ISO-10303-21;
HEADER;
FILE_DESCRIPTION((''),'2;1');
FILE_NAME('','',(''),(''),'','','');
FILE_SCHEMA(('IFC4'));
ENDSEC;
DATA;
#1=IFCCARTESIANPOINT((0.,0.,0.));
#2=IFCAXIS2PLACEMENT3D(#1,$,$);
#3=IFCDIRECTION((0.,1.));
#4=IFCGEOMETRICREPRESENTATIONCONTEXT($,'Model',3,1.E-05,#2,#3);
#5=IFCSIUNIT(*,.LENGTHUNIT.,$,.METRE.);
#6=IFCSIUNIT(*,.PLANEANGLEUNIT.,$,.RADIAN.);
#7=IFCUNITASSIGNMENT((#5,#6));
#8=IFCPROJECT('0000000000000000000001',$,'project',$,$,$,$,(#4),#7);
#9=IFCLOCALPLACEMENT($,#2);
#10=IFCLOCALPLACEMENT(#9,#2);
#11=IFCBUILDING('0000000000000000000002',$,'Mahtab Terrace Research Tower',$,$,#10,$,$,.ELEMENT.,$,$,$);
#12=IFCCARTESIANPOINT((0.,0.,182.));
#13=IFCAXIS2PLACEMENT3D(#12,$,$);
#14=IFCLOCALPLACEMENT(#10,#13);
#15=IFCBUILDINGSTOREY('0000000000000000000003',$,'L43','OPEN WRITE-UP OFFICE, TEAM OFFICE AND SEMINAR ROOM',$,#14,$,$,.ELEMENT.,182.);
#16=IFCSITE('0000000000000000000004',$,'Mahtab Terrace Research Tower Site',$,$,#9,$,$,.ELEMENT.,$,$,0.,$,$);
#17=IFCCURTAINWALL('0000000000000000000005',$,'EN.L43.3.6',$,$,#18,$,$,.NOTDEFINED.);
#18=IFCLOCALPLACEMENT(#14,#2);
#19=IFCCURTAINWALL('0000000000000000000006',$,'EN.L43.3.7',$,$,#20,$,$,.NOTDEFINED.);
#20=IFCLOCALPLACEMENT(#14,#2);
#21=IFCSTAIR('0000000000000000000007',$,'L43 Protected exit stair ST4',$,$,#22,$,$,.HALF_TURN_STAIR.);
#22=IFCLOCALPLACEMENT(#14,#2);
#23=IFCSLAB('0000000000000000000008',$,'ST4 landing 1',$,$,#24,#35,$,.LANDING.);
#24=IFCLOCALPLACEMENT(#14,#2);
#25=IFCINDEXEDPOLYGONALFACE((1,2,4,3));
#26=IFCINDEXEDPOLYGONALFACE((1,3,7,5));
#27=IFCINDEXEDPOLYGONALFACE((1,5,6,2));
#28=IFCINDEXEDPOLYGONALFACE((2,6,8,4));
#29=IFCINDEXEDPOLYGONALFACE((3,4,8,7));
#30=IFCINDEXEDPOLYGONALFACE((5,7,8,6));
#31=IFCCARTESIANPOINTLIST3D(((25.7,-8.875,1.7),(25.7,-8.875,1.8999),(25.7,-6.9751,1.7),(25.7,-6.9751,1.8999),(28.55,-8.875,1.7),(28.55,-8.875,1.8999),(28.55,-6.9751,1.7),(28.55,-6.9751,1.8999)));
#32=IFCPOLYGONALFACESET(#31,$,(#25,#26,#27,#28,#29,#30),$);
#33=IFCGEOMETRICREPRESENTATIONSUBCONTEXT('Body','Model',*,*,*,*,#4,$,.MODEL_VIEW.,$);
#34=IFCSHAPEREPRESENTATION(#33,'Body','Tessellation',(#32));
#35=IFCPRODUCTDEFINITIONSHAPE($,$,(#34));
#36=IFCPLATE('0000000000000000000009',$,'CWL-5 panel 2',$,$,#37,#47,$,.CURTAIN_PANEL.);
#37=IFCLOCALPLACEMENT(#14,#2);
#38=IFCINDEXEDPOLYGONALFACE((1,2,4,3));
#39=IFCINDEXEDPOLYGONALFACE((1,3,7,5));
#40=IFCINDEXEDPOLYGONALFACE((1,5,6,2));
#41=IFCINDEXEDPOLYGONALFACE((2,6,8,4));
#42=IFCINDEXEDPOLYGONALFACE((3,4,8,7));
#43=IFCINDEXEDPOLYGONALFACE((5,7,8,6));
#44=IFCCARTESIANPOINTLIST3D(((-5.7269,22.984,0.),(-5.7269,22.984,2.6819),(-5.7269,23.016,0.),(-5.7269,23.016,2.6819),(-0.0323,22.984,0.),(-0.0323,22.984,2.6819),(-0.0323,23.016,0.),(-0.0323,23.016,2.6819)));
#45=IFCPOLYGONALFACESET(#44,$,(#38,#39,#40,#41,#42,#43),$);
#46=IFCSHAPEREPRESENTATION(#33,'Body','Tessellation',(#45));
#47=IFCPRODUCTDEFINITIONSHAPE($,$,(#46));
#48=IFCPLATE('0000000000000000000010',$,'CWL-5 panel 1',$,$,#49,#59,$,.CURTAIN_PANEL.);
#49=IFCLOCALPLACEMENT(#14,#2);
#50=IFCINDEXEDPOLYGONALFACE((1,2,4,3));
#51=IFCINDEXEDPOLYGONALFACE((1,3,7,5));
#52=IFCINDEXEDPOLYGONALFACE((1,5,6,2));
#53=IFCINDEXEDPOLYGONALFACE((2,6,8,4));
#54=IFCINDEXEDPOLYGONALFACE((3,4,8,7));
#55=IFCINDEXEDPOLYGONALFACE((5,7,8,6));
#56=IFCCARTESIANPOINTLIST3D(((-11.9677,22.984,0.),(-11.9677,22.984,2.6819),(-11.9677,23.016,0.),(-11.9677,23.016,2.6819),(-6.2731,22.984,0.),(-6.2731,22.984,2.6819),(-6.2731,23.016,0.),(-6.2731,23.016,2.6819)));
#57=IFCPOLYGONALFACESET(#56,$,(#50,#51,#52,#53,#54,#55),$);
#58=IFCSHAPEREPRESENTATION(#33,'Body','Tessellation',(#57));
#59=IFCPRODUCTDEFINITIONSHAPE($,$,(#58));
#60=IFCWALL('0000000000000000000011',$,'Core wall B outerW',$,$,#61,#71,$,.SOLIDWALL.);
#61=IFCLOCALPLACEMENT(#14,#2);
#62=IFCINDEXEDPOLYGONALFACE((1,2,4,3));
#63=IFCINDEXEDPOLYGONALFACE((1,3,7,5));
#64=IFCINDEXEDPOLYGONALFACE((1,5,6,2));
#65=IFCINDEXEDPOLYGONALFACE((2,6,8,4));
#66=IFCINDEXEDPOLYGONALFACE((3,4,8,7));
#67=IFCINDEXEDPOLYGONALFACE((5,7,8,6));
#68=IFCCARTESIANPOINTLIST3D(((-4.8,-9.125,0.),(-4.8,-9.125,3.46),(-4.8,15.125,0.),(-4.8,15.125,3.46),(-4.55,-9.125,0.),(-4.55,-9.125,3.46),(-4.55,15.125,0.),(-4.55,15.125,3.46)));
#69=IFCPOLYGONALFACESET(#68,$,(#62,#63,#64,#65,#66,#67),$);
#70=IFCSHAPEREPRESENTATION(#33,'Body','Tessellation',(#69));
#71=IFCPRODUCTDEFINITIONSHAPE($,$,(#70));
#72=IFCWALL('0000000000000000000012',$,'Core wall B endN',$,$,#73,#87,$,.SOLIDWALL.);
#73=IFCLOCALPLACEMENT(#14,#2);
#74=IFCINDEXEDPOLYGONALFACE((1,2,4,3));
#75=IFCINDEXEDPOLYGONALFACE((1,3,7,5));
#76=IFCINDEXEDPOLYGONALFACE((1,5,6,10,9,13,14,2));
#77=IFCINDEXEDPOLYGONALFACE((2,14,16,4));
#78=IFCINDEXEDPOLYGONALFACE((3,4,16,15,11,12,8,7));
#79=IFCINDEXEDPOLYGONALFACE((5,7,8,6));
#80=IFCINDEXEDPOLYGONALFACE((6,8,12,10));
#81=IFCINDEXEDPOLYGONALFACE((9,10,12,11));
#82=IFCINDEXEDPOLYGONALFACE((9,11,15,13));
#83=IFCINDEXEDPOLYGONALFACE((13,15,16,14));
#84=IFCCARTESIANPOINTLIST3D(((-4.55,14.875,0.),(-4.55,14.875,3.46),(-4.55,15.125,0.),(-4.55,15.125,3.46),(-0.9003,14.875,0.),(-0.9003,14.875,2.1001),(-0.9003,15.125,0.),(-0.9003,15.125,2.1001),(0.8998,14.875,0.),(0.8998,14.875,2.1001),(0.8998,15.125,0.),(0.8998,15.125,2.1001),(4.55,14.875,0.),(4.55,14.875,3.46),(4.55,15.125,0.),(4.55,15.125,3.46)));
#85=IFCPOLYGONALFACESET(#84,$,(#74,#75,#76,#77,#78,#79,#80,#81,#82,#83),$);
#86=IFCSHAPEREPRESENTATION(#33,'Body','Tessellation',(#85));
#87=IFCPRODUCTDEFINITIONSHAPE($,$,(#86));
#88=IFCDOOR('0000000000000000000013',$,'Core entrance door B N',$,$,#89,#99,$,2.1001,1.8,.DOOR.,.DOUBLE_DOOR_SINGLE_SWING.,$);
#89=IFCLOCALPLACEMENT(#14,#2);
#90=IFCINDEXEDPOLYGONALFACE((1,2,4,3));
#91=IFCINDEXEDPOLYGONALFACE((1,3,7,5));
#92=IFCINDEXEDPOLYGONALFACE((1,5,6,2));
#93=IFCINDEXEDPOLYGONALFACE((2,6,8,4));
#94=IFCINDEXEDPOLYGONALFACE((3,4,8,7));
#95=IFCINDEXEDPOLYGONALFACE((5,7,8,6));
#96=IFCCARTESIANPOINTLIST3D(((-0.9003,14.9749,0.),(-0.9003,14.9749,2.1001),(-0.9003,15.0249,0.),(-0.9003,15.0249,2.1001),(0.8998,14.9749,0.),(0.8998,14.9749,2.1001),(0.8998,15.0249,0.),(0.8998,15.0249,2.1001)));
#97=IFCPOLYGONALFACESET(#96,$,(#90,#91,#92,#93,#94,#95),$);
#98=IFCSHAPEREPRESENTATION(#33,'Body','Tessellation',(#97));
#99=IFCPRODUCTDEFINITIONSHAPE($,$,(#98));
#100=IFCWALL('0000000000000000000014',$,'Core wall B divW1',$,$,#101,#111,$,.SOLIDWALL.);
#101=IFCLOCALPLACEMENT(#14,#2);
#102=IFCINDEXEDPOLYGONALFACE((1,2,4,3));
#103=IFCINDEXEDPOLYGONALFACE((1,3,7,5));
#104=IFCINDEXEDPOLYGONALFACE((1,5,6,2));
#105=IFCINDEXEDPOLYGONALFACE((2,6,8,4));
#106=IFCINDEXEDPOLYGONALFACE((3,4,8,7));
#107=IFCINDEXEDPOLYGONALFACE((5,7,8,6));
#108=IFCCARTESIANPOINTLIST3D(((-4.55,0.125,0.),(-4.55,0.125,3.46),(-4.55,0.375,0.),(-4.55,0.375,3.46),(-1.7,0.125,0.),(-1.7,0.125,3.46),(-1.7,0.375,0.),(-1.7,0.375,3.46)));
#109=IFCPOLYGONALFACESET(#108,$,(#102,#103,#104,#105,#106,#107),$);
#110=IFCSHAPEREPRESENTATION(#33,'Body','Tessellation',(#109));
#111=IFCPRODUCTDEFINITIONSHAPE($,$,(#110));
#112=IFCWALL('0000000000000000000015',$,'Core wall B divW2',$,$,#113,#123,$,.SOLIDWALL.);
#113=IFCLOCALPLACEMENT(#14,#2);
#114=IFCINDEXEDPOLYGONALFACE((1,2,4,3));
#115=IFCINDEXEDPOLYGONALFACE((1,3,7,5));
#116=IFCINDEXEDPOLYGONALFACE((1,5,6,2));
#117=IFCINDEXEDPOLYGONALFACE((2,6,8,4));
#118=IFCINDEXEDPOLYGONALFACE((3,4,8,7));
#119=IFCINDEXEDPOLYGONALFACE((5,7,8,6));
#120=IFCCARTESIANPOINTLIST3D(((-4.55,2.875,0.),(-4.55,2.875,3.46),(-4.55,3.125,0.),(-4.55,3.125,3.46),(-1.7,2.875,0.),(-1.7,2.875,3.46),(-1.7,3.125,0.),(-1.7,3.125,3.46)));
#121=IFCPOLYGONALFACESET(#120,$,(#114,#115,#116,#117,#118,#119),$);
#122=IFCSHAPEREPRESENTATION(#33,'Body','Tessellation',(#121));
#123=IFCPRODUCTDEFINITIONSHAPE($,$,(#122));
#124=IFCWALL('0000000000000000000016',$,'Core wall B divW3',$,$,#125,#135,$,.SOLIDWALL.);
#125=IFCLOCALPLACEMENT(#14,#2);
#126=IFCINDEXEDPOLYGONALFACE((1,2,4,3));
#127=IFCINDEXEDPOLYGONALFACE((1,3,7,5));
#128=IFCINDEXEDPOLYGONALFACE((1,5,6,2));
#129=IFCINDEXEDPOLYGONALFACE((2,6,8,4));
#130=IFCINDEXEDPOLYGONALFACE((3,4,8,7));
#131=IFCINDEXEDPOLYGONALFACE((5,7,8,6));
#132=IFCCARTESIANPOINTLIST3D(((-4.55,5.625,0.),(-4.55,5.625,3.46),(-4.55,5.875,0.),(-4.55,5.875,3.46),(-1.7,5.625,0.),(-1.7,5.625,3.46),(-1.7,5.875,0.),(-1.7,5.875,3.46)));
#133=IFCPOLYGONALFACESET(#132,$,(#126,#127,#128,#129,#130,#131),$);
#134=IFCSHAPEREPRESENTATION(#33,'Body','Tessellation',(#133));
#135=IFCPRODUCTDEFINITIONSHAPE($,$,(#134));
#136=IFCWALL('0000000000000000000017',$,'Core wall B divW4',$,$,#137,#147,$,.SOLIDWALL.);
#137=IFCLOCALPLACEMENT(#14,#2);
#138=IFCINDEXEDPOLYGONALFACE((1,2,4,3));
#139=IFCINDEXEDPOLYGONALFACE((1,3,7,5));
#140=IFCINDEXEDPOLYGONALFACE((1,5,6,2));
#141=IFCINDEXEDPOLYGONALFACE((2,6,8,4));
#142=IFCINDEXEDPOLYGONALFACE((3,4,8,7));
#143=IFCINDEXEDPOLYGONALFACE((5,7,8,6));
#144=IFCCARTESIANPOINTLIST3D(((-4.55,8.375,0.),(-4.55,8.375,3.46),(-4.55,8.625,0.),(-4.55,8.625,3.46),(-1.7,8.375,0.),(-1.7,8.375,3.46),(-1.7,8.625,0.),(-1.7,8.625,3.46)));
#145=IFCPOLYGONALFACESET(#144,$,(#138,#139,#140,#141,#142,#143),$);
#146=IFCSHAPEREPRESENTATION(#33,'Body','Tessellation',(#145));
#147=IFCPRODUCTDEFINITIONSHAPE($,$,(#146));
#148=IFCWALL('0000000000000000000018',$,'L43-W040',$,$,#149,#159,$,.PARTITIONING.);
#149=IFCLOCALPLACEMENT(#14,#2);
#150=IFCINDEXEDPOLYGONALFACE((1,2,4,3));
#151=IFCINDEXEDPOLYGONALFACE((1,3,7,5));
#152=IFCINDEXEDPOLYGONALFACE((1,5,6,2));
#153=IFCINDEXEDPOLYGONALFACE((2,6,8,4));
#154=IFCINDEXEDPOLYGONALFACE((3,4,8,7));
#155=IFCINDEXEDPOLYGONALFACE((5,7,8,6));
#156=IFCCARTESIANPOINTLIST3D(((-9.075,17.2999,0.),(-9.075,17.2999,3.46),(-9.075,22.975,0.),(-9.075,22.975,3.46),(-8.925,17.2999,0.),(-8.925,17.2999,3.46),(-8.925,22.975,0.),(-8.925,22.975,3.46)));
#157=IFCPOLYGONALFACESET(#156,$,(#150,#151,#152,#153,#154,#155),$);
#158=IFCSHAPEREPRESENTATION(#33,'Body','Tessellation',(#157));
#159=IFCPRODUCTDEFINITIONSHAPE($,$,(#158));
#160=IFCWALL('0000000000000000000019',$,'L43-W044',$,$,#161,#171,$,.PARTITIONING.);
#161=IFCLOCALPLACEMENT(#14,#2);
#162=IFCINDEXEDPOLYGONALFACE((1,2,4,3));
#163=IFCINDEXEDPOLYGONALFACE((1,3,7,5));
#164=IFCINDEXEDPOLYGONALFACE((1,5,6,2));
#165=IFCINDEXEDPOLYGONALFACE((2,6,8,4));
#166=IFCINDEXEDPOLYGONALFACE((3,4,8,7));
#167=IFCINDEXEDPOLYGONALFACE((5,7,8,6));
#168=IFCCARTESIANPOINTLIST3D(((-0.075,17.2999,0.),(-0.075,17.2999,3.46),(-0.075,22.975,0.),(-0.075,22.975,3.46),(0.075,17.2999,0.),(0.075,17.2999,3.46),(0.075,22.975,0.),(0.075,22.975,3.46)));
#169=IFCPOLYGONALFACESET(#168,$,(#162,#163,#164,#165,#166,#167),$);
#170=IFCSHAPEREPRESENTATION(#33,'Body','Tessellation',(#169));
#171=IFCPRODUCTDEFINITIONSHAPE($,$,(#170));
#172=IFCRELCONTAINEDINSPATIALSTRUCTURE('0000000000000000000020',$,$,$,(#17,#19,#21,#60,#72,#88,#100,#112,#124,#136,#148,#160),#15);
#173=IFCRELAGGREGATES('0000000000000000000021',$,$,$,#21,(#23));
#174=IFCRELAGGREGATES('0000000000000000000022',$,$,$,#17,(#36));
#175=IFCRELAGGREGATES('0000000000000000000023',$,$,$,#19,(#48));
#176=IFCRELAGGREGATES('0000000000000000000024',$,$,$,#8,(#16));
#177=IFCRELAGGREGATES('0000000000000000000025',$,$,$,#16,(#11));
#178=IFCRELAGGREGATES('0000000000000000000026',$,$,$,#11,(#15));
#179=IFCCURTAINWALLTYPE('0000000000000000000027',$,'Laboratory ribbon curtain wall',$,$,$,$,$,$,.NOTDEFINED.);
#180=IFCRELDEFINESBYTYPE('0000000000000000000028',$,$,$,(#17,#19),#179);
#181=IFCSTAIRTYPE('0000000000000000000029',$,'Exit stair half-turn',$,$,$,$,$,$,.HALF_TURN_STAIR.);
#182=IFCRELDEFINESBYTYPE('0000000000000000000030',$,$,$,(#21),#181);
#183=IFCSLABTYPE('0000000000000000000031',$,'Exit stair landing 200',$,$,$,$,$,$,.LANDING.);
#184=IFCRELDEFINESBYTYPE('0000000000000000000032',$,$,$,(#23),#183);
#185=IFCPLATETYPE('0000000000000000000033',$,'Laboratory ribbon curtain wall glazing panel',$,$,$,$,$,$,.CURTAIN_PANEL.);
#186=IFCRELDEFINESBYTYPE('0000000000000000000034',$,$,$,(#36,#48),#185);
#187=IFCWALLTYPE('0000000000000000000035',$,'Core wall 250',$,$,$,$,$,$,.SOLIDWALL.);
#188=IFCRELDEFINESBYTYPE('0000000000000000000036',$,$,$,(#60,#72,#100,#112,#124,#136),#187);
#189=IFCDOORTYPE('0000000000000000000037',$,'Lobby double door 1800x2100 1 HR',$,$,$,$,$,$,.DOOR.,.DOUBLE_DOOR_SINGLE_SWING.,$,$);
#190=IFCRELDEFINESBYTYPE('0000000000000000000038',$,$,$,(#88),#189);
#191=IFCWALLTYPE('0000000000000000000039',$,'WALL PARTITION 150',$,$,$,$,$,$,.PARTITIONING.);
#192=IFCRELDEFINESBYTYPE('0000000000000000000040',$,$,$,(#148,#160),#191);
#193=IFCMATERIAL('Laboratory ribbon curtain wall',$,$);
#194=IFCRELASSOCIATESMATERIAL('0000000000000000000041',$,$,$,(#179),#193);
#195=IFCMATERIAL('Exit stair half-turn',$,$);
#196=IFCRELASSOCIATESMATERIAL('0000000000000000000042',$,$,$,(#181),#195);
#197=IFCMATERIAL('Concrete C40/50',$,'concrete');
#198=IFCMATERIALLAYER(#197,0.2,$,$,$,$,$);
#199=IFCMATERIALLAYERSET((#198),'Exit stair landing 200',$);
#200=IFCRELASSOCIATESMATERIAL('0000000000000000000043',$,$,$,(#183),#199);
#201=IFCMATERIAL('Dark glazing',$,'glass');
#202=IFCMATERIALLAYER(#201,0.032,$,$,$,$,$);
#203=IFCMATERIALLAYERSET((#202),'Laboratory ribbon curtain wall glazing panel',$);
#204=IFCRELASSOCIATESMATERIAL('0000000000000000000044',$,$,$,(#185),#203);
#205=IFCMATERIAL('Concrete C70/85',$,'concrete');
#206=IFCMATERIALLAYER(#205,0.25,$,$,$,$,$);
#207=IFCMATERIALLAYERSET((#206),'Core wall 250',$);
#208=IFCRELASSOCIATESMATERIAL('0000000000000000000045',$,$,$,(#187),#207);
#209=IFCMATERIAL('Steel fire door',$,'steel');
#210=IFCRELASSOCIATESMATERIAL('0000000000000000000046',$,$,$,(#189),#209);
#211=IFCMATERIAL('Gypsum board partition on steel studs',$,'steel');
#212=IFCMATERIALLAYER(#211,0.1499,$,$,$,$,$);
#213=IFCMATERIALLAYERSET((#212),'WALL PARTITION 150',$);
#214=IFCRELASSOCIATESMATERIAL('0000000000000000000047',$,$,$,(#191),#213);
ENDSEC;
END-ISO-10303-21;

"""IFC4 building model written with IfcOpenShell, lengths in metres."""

from ifc_helpers import new_model, si_unit, direction, frame, frame_2d, origin, origin_2d, place, context, subcontext, project, spatial, polyline, rectangle, outline, extrude, material, layer, layer_set, type_object, element, fill, aggregate, save


model = new_model("IFC4")

# Units and contexts
model_context = context("Model", 3, precision=1e-05, world=origin(), true_north=direction((0.0, 1.0)))
body_context = subcontext(model_context, "Body", "Model", "MODEL_VIEW")
ifc_project = project(units=[si_unit("LENGTHUNIT", "METRE"), si_unit("PLANEANGLEUNIT", "RADIAN")], contexts=[model_context])

# Site, building, storey
site_placement = place(None, origin())
site = spatial("IfcSite", under=ifc_project, at=site_placement, Name="Mahtab Terrace Research Tower Site", CompositionType="ELEMENT", RefElevation=0.0)
building_placement = place(site_placement, origin())
building = spatial("IfcBuilding", under=site, at=building_placement, Name="Mahtab Terrace Research Tower", CompositionType="ELEMENT")
storey_placement = place(building_placement, frame((0.0, 0.0, 182.0)))
storey = spatial("IfcBuildingStorey", under=building, at=storey_placement, Name="L43", Description="OPEN WRITE-UP OFFICE, TEAM OFFICE AND SEMINAR ROOM", CompositionType="ELEMENT", Elevation=182.0)

# Shared definitions
ifc_material_1 = material(Name="Concrete C70/85", Category="concrete")

# Curtain walls
ifc_material_2 = material(Name="Laboratory ribbon curtain wall")
curtain_wall_type = type_object("IfcCurtainWallType", Name="Laboratory ribbon curtain wall", PredefinedType="NOTDEFINED", material=ifc_material_2)
curtain_wall_1_placement = place(storey_placement, origin())
curtain_wall_1 = element("IfcCurtainWall", 1, at=curtain_wall_1_placement, inside=storey, type_object=curtain_wall_type, Name="EN.L43.3.6", PredefinedType="NOTDEFINED")
curtain_wall_2_placement = place(storey_placement, origin())
curtain_wall_2 = element("IfcCurtainWall", 2, at=curtain_wall_2_placement, inside=storey, type_object=curtain_wall_type, Name="EN.L43.3.7", PredefinedType="NOTDEFINED")

# Stair, slab
ifc_material_3 = material(Name="Exit stair half-turn")
stair_type = type_object("IfcStairType", Name="Exit stair half-turn", PredefinedType="HALF_TURN_STAIR", material=ifc_material_3)
ifc_material_4 = material(Name="Concrete C40/50", Category="concrete")
ifc_layer_1 = layer(ifc_material_4, 0.2)
ifc_layer_set_1 = layer_set([ifc_layer_1], Name="Exit stair landing 200")
slab_type = type_object("IfcSlabType", Name="Exit stair landing 200", PredefinedType="LANDING", material=ifc_layer_set_1)
stair_1_placement = place(storey_placement, origin())
stair_1 = element("IfcStair", 3, at=stair_1_placement, inside=storey, type_object=stair_type, Name="L43 Protected exit stair ST4", PredefinedType="HALF_TURN_STAIR")
slab_1_placement = place(storey_placement, frame((0.0, 0.0, 1.7)))
slab_1 = element("IfcSlab", 4, at=slab_1_placement, type_object=slab_type, Name="ST4 landing 1", PredefinedType="LANDING", context=body_context, shape_type="SweptSolid", body=[
    extrude(outline(polyline([(25.7, -6.9751), (25.7, -8.875), (28.55, -8.875), (28.55, -6.9751), (25.7, -6.9751)])), origin(), (0.0, 0.0, 1.0), 0.2),
])
aggregate(stair_1, [slab_1])

# Plates
ifc_material_5 = material(Name="Dark glazing", Category="glass")
ifc_layer_2 = layer(ifc_material_5, 0.032)
ifc_layer_set_2 = layer_set([ifc_layer_2], Name="Laboratory ribbon curtain wall glazing panel")
plate_type = type_object("IfcPlateType", Name="Laboratory ribbon curtain wall glazing panel", PredefinedType="CURTAIN_PANEL", material=ifc_layer_set_2)
plate_1_placement = place(storey_placement, frame((-2.8796, 23.0, 0.0), z_axis=(0.0, 0.0, 1.0), x_axis=(-1.0, 0.0, 0.0)))
plate_1 = element("IfcPlate", 5, at=plate_1_placement, type_object=plate_type, Name="CWL-5 panel 2", PredefinedType="CURTAIN_PANEL", context=body_context, shape_type="SweptSolid", body=[
    extrude(rectangle(XDim=5.6946, YDim=0.032, at=origin_2d()), origin(), (0.0, 0.0, 1.0), 2.6819),
])
aggregate(curtain_wall_1, [plate_1])
plate_2_placement = place(storey_placement, frame((-9.1204, 23.0, 0.0), z_axis=(0.0, 0.0, 1.0), x_axis=(-1.0, 0.0, 0.0)))
plate_2 = element("IfcPlate", 6, at=plate_2_placement, type_object=plate_type, Name="CWL-5 panel 1", PredefinedType="CURTAIN_PANEL", context=body_context, shape_type="SweptSolid", body=[
    extrude(rectangle(XDim=5.6946, YDim=0.032, at=origin_2d()), origin(), (0.0, 0.0, 1.0), 2.6819),
])
aggregate(curtain_wall_2, [plate_2])

# Wall
ifc_layer_3 = layer(ifc_material_1, 0.25)
ifc_layer_set_3 = layer_set([ifc_layer_3], Name="Core wall 250")
wall_type_1 = type_object("IfcWallType", Name="Core wall 250", PredefinedType="SOLIDWALL", material=ifc_layer_set_3)
wall_1_placement = place(storey_placement, frame((-4.675, 15.125, 0.0), z_axis=(0.0, 0.0, 1.0), x_axis=(0.0, -1.0, 0.0)))
element("IfcWall", 7, at=wall_1_placement, inside=storey, type_object=wall_type_1, Name="Core wall B outerW", PredefinedType="SOLIDWALL", context=body_context, shape_type="SweptSolid", body=[
    extrude(rectangle(XDim=24.25, YDim=0.25, at=frame_2d((12.125, 0.0))), origin(), (0.0, 0.0, 1.0), 3.46),
])

# Wall, opening, door
wall_2_placement = place(storey_placement, frame((-4.55, 15.0, 0.0), z_axis=(0.0, 0.0, 1.0), x_axis=(1.0, 0.0, 0.0)))
wall_2 = element("IfcWall", 8, at=wall_2_placement, inside=storey, type_object=wall_type_1, Name="Core wall B endN", PredefinedType="SOLIDWALL", context=body_context, shape_type="SweptSolid", body=[
    extrude(rectangle(XDim=9.1001, YDim=0.25, at=frame_2d((4.55, 0.0))), origin(), (0.0, 0.0, 1.0), 3.46),
])
opening_placement = place(wall_2_placement, frame((3.6499, 0.0, 0.0)))
opening = element("IfcOpeningElement", 9, at=opening_placement, cuts=wall_2, PredefinedType="OPENING", context=body_context, shape_type="SweptSolid", body=[
    extrude(rectangle(XDim=1.8, YDim=2.1001, at=frame_2d((0.8999, 1.05))), frame((0.0, 0.135, 0.0), z_axis=(0.0, -1.0, 0.0), x_axis=(1.0, 0.0, 0.0)), (0.0, 0.0, 1.0), 0.27),
])
ifc_material_6 = material(Name="Steel fire door", Category="steel")
door_type = type_object("IfcDoorType", Name="Lobby double door 1800x2100 1 HR", OperationType="DOUBLE_DOOR_SINGLE_SWING", PredefinedType="DOOR", material=ifc_material_6)
door_placement = place(opening_placement, origin())
door = element("IfcDoor", 10, at=door_placement, inside=storey, type_object=door_type, Name="Core entrance door B N", OperationType="DOUBLE_DOOR_SINGLE_SWING", OverallHeight=2.1001, OverallWidth=1.8, PredefinedType="DOOR", context=body_context, shape_type="SweptSolid", body=[
    extrude(rectangle(XDim=1.8, YDim=2.1001, at=frame_2d((0.8999, 1.05))), frame((0.0, 0.0249, 0.0), z_axis=(0.0, -1.0, 0.0), x_axis=(1.0, 0.0, 0.0)), (0.0, 0.0, 1.0), 0.05),
])
fill(opening, door)

# Walls
for number, where, z_axis, x_axis, name in (
    (11, (-4.55, 0.25, 0.0), (0.0, 0.0, 1.0), (1.0, 0.0, 0.0), "Core wall B divW1"),
    (12, (-4.55, 3.0, 0.0), (0.0, 0.0, 1.0), (1.0, 0.0, 0.0), "Core wall B divW2"),
    (13, (-4.55, 5.75, 0.0), (0.0, 0.0, 1.0), (1.0, 0.0, 0.0), "Core wall B divW3"),
    (14, (-4.55, 8.5, 0.0), (0.0, 0.0, 1.0), (1.0, 0.0, 0.0), "Core wall B divW4"),
):
    element("IfcWall", number, at=place(storey_placement, frame(where, z_axis=z_axis, x_axis=x_axis)), inside=storey, type_object=wall_type_1, Name=name, PredefinedType="SOLIDWALL", context=body_context, shape_type="SweptSolid", body=[
        extrude(rectangle(XDim=2.8501, YDim=0.25, at=frame_2d((1.425, 0.0))), origin(), (0.0, 0.0, 1.0), 3.46),
    ])
ifc_material_7 = material(Name="Gypsum board partition on steel studs", Category="steel")
ifc_layer_4 = layer(ifc_material_7, 0.1499)
ifc_layer_set_4 = layer_set([ifc_layer_4], Name="WALL PARTITION 150")
wall_type_2 = type_object("IfcWallType", Name="WALL PARTITION 150", PredefinedType="PARTITIONING", material=ifc_layer_set_4)
for number, where, z_axis, x_axis, name in (
    (15, (-9.0, 17.3, 0.0), (0.0, 0.0, 1.0), (0.0, 1.0, 0.0), "L43-W040"),
    (16, (0.0, 17.3, 0.0), (0.0, 0.0, 1.0), (0.0, 1.0, 0.0), "L43-W044"),
):
    element("IfcWall", number, at=place(storey_placement, frame(where, z_axis=z_axis, x_axis=x_axis)), inside=storey, type_object=wall_type_2, Name=name, PredefinedType="PARTITIONING", context=body_context, shape_type="SweptSolid", body=[
        extrude(rectangle(XDim=5.675, YDim=0.1499, at=frame_2d((2.8374, 0.0))), origin(), (0.0, 0.0, 1.0), 3.46),
    ])

save(model, "model.ifc")
